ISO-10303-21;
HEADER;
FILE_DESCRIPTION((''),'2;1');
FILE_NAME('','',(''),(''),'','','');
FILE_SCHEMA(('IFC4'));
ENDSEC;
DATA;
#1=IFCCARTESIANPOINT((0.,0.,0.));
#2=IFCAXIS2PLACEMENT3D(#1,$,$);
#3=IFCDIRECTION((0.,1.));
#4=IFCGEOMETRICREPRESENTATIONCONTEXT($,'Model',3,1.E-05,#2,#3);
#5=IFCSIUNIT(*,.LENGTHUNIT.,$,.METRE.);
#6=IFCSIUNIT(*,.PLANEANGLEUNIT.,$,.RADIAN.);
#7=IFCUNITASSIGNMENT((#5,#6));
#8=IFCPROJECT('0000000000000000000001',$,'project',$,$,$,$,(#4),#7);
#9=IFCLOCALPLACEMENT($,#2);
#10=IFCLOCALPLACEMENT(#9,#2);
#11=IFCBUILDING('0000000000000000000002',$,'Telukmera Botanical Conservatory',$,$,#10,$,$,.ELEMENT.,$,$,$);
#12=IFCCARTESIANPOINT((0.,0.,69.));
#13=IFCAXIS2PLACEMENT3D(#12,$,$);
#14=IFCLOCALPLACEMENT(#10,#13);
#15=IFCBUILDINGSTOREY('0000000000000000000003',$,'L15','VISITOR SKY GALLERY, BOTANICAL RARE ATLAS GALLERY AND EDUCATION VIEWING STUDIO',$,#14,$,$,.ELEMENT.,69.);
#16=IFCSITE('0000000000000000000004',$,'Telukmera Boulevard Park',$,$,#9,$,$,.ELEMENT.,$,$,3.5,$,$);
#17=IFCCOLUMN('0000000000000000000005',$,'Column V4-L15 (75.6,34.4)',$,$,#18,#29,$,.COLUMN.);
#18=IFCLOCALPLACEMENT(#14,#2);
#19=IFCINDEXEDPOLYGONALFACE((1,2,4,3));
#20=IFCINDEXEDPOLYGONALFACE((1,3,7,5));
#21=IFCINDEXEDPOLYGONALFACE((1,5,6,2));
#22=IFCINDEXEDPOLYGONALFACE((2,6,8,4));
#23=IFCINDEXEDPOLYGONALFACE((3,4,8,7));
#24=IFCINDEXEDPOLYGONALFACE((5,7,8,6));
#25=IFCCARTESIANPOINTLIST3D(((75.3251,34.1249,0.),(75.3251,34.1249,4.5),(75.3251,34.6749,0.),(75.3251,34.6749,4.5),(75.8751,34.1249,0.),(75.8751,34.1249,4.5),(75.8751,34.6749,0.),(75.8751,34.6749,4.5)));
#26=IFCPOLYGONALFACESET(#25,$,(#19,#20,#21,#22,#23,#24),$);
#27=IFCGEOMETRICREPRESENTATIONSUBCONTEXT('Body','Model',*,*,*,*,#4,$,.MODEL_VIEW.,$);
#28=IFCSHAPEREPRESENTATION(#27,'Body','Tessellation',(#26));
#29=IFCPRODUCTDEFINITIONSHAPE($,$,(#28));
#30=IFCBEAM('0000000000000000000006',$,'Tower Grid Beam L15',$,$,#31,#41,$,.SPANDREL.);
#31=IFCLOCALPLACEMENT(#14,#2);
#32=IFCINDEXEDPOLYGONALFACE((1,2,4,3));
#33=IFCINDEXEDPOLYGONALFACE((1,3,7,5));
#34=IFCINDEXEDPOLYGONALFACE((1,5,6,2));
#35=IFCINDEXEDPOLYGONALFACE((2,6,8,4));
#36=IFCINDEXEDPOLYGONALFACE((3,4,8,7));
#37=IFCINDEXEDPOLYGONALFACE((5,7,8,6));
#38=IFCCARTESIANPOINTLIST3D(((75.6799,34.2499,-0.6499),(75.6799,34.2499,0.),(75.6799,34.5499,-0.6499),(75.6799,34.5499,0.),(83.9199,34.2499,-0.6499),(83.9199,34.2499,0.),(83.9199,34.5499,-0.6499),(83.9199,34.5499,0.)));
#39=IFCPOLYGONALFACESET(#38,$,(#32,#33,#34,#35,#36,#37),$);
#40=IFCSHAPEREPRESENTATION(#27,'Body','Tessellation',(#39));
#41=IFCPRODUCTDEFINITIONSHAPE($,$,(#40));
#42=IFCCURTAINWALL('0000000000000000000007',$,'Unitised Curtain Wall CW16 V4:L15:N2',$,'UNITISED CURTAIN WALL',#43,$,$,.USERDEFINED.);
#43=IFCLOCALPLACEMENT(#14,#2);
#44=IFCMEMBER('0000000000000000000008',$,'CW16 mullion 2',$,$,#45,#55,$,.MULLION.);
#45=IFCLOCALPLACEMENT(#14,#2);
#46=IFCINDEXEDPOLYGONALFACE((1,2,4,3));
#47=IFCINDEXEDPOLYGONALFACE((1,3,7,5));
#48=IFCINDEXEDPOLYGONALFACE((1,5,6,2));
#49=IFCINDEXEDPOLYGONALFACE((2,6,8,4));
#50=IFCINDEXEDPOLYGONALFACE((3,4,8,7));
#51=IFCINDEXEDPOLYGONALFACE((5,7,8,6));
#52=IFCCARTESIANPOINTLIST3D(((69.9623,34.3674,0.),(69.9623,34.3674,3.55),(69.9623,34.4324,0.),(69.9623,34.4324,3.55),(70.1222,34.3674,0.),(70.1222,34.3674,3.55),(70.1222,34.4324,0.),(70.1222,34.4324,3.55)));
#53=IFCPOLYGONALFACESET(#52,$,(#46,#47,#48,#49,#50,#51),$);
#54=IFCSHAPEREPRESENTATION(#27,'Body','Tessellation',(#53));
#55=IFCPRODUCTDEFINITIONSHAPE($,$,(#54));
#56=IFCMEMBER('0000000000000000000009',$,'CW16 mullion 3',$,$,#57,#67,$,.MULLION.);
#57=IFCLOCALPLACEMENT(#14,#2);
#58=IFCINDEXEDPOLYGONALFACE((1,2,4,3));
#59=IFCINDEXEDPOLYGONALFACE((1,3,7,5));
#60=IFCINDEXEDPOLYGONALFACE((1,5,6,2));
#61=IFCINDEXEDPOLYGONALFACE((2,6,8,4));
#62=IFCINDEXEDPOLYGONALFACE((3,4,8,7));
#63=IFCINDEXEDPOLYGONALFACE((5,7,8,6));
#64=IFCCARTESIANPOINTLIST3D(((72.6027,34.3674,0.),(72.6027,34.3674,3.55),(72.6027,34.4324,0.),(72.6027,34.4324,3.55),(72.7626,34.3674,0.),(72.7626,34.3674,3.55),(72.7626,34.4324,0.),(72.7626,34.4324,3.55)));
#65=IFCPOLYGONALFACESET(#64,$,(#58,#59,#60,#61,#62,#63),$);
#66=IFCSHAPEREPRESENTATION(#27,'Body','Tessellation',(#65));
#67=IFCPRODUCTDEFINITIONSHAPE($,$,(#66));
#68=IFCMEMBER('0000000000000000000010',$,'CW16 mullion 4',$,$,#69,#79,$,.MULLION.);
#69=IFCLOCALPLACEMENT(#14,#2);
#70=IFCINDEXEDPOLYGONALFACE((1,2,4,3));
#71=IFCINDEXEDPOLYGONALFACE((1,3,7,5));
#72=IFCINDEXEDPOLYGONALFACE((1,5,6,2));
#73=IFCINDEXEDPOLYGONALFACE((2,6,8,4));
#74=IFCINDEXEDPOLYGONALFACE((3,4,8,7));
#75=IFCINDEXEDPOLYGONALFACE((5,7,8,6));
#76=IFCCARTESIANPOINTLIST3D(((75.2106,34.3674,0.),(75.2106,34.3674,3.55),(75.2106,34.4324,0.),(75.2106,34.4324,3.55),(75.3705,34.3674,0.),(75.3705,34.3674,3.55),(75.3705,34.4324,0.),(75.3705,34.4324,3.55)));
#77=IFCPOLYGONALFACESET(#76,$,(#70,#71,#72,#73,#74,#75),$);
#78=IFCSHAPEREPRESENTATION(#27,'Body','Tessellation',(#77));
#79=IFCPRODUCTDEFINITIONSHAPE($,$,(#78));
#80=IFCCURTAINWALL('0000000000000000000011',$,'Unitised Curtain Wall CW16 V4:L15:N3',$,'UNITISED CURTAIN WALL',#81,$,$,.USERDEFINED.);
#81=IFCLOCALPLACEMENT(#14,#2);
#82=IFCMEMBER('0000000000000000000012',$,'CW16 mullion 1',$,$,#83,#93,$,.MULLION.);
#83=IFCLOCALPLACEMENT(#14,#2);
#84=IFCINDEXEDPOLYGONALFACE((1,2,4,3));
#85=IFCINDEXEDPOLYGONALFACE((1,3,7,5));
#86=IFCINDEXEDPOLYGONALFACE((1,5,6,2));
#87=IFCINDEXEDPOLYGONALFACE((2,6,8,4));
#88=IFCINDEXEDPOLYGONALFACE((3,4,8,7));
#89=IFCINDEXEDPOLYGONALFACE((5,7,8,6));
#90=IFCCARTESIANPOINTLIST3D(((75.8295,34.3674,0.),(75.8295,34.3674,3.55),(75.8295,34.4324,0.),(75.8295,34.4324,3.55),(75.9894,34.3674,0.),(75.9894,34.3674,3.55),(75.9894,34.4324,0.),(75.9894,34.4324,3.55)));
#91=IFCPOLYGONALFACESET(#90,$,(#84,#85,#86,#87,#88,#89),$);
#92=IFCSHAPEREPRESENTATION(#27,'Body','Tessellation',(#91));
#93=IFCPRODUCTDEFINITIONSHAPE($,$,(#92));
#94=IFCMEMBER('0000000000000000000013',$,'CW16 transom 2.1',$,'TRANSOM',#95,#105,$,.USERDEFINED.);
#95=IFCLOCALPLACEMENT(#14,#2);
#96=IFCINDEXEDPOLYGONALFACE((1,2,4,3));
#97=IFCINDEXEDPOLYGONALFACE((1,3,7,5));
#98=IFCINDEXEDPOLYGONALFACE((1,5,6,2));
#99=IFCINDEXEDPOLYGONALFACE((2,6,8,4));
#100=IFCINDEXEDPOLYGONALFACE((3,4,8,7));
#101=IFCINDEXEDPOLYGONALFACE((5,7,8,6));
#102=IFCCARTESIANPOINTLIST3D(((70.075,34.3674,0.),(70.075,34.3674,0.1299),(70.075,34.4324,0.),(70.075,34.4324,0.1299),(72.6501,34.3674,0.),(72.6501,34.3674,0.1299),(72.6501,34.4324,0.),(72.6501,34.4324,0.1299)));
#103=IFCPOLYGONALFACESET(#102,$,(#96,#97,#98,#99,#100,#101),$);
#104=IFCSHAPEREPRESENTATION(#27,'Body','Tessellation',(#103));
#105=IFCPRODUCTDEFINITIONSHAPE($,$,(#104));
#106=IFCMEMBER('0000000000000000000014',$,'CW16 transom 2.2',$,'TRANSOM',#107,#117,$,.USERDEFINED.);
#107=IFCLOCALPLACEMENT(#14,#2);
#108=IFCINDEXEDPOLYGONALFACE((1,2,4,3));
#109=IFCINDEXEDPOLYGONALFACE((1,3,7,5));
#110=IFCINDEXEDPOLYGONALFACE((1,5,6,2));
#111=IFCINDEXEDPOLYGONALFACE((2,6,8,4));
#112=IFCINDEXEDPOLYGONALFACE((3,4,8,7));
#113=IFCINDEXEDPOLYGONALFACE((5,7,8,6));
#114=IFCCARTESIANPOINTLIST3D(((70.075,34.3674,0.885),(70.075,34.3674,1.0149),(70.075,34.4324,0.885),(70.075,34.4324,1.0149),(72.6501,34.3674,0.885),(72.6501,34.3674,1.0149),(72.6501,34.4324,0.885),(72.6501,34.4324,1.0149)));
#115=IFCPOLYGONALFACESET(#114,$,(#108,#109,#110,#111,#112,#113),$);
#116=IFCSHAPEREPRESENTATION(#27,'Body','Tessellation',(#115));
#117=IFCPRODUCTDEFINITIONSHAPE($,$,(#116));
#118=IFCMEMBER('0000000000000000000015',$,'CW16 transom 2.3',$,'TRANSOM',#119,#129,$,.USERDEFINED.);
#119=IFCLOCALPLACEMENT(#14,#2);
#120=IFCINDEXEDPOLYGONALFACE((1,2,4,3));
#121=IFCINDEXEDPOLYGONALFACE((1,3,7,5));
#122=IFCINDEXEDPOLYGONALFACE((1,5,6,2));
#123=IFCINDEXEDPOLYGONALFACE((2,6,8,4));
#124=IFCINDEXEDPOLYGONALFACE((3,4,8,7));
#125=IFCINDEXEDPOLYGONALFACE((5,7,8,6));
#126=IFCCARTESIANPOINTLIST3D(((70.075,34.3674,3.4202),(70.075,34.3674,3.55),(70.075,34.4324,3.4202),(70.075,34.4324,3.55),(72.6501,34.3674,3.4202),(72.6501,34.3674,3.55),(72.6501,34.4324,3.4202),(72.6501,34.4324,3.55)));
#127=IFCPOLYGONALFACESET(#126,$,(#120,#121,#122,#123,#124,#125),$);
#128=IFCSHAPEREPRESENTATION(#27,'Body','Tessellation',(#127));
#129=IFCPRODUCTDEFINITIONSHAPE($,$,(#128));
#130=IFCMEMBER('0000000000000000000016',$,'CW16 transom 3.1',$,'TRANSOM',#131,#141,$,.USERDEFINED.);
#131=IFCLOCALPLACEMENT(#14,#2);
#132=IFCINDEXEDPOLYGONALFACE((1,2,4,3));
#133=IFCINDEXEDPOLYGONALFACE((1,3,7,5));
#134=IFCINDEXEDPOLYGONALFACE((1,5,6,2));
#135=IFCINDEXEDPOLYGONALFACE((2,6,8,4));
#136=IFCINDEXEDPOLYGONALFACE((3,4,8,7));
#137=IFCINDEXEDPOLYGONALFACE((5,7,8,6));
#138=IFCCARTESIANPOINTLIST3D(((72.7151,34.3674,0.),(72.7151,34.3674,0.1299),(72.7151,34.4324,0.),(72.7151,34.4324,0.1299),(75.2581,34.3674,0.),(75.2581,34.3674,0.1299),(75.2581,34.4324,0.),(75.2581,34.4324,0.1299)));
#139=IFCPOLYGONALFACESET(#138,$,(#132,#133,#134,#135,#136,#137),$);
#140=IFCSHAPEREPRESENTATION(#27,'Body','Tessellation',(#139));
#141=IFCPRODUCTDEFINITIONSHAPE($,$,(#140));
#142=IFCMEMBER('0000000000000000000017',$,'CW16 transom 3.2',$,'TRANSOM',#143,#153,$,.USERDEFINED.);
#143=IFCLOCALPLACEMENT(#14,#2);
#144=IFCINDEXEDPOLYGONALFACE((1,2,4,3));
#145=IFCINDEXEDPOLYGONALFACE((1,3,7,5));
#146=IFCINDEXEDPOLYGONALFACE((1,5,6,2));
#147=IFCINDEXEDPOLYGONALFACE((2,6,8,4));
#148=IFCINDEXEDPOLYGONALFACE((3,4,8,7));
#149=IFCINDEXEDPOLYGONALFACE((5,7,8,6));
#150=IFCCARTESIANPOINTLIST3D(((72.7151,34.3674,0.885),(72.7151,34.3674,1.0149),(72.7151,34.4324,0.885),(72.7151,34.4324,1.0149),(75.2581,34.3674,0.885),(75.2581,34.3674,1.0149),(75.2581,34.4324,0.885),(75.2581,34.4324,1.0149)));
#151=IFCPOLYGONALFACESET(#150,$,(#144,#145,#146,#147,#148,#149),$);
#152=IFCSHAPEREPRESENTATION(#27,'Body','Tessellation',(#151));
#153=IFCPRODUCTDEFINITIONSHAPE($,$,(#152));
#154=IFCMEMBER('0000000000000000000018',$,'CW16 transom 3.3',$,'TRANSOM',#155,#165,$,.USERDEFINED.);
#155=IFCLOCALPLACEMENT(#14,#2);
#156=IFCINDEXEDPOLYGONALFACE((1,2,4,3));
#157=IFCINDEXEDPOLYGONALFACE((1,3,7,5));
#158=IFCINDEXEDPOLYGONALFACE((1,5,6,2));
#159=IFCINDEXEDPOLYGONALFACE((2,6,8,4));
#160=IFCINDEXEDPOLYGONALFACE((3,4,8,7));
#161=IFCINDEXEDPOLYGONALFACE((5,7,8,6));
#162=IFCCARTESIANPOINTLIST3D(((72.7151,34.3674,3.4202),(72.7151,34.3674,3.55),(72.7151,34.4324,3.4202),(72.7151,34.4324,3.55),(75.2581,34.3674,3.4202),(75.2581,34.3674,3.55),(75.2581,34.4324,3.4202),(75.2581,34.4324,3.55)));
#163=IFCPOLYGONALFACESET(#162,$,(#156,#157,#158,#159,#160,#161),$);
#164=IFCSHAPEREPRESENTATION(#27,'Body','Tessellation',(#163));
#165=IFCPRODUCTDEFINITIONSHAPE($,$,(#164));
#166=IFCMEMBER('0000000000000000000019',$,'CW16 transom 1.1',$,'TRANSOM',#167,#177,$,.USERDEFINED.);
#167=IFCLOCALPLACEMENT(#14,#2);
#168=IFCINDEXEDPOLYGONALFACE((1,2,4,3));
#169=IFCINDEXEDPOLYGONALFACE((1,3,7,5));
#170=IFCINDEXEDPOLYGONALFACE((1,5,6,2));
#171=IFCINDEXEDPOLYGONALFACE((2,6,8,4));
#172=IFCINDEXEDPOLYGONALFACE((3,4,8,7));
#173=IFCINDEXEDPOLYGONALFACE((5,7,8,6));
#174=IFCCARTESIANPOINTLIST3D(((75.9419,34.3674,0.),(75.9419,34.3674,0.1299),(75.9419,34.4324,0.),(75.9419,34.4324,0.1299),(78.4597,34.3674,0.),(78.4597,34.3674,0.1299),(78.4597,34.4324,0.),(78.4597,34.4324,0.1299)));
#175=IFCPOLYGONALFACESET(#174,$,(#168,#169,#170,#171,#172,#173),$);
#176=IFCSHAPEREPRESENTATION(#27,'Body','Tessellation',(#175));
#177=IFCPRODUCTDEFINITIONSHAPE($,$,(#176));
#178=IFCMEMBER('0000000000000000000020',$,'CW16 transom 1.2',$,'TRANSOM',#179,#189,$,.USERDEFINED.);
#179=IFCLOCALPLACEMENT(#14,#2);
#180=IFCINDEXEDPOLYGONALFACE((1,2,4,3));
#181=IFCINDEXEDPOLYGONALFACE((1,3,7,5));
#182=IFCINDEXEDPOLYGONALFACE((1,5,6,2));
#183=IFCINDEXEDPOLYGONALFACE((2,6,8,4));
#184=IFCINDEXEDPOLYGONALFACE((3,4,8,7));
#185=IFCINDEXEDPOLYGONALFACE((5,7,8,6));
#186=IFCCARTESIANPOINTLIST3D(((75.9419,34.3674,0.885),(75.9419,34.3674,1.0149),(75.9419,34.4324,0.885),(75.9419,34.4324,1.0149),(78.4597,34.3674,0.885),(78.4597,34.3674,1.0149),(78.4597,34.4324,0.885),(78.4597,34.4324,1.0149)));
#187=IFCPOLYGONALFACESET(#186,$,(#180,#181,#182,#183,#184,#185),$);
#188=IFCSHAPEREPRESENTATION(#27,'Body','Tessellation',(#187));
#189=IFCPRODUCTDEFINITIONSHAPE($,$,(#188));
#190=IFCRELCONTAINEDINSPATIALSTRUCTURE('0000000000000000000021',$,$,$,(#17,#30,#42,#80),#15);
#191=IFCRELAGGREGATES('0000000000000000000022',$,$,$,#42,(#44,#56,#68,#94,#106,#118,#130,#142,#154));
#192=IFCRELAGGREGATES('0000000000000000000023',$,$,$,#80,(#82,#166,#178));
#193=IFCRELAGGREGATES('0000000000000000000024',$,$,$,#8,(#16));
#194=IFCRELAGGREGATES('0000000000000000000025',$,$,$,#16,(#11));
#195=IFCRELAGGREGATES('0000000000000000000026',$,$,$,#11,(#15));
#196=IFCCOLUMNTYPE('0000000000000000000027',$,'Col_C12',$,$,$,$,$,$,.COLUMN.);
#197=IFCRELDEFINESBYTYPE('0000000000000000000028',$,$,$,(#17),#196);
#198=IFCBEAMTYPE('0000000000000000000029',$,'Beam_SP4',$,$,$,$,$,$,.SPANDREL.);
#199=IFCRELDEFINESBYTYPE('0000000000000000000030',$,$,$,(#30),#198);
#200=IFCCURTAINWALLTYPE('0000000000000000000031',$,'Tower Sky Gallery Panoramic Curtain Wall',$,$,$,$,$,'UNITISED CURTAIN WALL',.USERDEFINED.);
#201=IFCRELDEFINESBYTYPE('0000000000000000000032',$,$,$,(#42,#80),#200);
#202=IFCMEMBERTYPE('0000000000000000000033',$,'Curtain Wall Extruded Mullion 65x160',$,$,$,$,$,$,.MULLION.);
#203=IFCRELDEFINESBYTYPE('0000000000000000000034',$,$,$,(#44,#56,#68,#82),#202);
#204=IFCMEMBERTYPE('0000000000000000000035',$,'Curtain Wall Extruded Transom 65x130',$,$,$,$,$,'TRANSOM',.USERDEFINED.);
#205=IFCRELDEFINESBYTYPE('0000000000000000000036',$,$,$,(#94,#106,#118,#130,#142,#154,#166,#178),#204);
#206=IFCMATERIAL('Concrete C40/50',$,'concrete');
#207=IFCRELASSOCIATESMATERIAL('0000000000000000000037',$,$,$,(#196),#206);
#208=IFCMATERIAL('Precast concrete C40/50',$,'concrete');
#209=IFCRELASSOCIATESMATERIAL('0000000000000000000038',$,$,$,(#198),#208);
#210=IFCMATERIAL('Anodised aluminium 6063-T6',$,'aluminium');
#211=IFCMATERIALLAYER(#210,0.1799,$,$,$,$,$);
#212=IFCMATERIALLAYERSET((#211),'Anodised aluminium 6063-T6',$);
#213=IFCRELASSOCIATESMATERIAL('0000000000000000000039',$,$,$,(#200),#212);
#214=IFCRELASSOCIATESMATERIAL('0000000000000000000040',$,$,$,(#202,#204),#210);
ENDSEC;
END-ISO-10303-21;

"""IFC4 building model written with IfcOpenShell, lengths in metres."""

from ifc_helpers import new_model, si_unit, direction, frame, origin, origin_2d, place, context, subcontext, project, spatial, rectangle, extrude, material, layer, layer_set, material_profile, profile_set, type_object, element, aggregate, save


model = new_model("IFC4")

# Units and contexts
model_context = context("Model", 3, precision=1e-05, world=origin(), true_north=direction((0.0, 1.0)))
body_context = subcontext(model_context, "Body", "Model", "MODEL_VIEW")
ifc_project = project(units=[si_unit("LENGTHUNIT", "METRE"), si_unit("PLANEANGLEUNIT", "RADIAN")], contexts=[model_context])

# Site, building, storey
site_placement = place(None, origin())
site = spatial("IfcSite", under=ifc_project, at=site_placement, Name="Telukmera Boulevard Park", CompositionType="ELEMENT", RefElevation=3.5)
building_placement = place(site_placement, origin())
building = spatial("IfcBuilding", under=site, at=building_placement, Name="Telukmera Botanical Conservatory", CompositionType="ELEMENT")
storey_placement = place(building_placement, frame((0.0, 0.0, 69.0)))
storey = spatial("IfcBuildingStorey", under=building, at=storey_placement, Name="L15", Description="VISITOR SKY GALLERY, BOTANICAL RARE ATLAS GALLERY AND EDUCATION VIEWING STUDIO", CompositionType="ELEMENT", Elevation=69.0)

# Column
ifc_material_1 = material(Name="Concrete C40/50", Category="concrete")
ifc_material_profile_1 = material_profile(ifc_material_1, rectangle(XDim=0.55, YDim=0.55, at=origin_2d()), Name="RC 550x550")
ifc_profile_set_1 = profile_set([ifc_material_profile_1], Name="Concrete C40/50")
column_type = type_object("IfcColumnType", Name="Col_C12", PredefinedType="COLUMN", material=ifc_profile_set_1)
column_placement = place(storey_placement, frame((75.6001, 34.3999, 0.0), z_axis=(0.0, 0.0, 1.0), x_axis=(1.0, 0.0, 0.0)))
element("IfcColumn", 1, at=column_placement, inside=storey, type_object=column_type, Name="Column V4-L15 (75.6,34.4)", PredefinedType="COLUMN", context=body_context, shape_type="SweptSolid", body=[
    extrude(rectangle(XDim=0.55, YDim=0.55, at=origin_2d()), origin(), (0.0, 0.0, 1.0), 4.5),
])

# Beam
ifc_material_2 = material(Name="Precast concrete C40/50", Category="concrete")
ifc_material_profile_2 = material_profile(ifc_material_2, rectangle(XDim=0.3, YDim=0.6499, at=origin_2d()), Name="PC 300x650")
ifc_profile_set_2 = profile_set([ifc_material_profile_2], Name="Precast concrete C40/50")
beam_type = type_object("IfcBeamType", Name="Beam_SP4", PredefinedType="SPANDREL", material=ifc_profile_set_2)
beam_placement = place(storey_placement, frame((75.6799, 34.3999, -0.325), z_axis=(1.0, 0.0, 0.0), x_axis=(0.0, 1.0, 0.0)))
element("IfcBeam", 2, at=beam_placement, inside=storey, type_object=beam_type, Name="Tower Grid Beam L15", PredefinedType="SPANDREL", context=body_context, shape_type="SweptSolid", body=[
    extrude(rectangle(XDim=0.3, YDim=0.6499, at=origin_2d()), origin(), (0.0, 0.0, 1.0), 8.24),
])

# Curtain wall, members
ifc_material_3 = material(Name="Anodised aluminium 6063-T6", Category="aluminium")
ifc_layer_1 = layer(ifc_material_3, 0.1799)
ifc_layer_set_1 = layer_set([ifc_layer_1], Name="Anodised aluminium 6063-T6")
curtain_wall_type = type_object("IfcCurtainWallType", Name="Tower Sky Gallery Panoramic Curtain Wall", ElementType="UNITISED CURTAIN WALL", PredefinedType="USERDEFINED", material=ifc_layer_set_1)
curtain_wall_1_placement = place(storey_placement, origin())
curtain_wall_1 = element("IfcCurtainWall", 3, at=curtain_wall_1_placement, inside=storey, type_object=curtain_wall_type, Name="Unitised Curtain Wall CW16 V4:L15:N2", ObjectType="UNITISED CURTAIN WALL", PredefinedType="USERDEFINED")
ifc_material_profile_3 = material_profile(ifc_material_3, rectangle(XDim=0.0649, YDim=0.1599, at=origin_2d()), Name="ALU MULL 65x160")
ifc_profile_set_3 = profile_set([ifc_material_profile_3], Name="Anodised aluminium 6063-T6")
member_type_1 = type_object("IfcMemberType", Name="Curtain Wall Extruded Mullion 65x160", PredefinedType="MULLION", material=ifc_profile_set_3)
member_1_placement = place(storey_placement, frame((70.0422, 34.3999, 0.0), z_axis=(0.0, 0.0, 1.0), x_axis=(0.0, 1.0, 0.0)))
member_1 = element("IfcMember", 4, at=member_1_placement, type_object=member_type_1, Name="CW16 mullion 2", PredefinedType="MULLION", context=body_context, shape_type="SweptSolid", body=[
    extrude(rectangle(XDim=0.0649, YDim=0.1599, at=origin_2d()), origin(), (0.0, 0.0, 1.0), 3.55),
])
member_2_placement = place(storey_placement, frame((72.6826, 34.3999, 0.0), z_axis=(0.0, 0.0, 1.0), x_axis=(0.0, 1.0, 0.0)))
member_2 = element("IfcMember", 5, at=member_2_placement, type_object=member_type_1, Name="CW16 mullion 3", PredefinedType="MULLION", context=body_context, shape_type="SweptSolid", body=[
    extrude(rectangle(XDim=0.0649, YDim=0.1599, at=origin_2d()), origin(), (0.0, 0.0, 1.0), 3.55),
])
member_3_placement = place(storey_placement, frame((75.2905, 34.3999, 0.0), z_axis=(0.0, 0.0, 1.0), x_axis=(0.0, 1.0, 0.0)))
member_3 = element("IfcMember", 6, at=member_3_placement, type_object=member_type_1, Name="CW16 mullion 4", PredefinedType="MULLION", context=body_context, shape_type="SweptSolid", body=[
    extrude(rectangle(XDim=0.0649, YDim=0.1599, at=origin_2d()), origin(), (0.0, 0.0, 1.0), 3.55),
])

# Curtain wall, member
curtain_wall_2_placement = place(storey_placement, origin())
curtain_wall_2 = element("IfcCurtainWall", 7, at=curtain_wall_2_placement, inside=storey, type_object=curtain_wall_type, Name="Unitised Curtain Wall CW16 V4:L15:N3", ObjectType="UNITISED CURTAIN WALL", PredefinedType="USERDEFINED")
member_4_placement = place(storey_placement, frame((75.9094, 34.3999, 0.0), z_axis=(0.0, 0.0, 1.0), x_axis=(0.0, 1.0, 0.0)))
member_4 = element("IfcMember", 8, at=member_4_placement, type_object=member_type_1, Name="CW16 mullion 1", PredefinedType="MULLION", context=body_context, shape_type="SweptSolid", body=[
    extrude(rectangle(XDim=0.0649, YDim=0.1599, at=origin_2d()), origin(), (0.0, 0.0, 1.0), 3.55),
])

# Members
ifc_material_profile_4 = material_profile(ifc_material_3, rectangle(XDim=0.0649, YDim=0.1299, at=origin_2d()), Name="ALU TRAN 65x130")
ifc_profile_set_4 = profile_set([ifc_material_profile_4], Name="Anodised aluminium 6063-T6")
member_type_2 = type_object("IfcMemberType", Name="Curtain Wall Extruded Transom 65x130", ElementType="TRANSOM", PredefinedType="USERDEFINED", material=ifc_profile_set_4)
member_5_placement = place(storey_placement, frame((70.075, 34.3999, 0.0649), z_axis=(1.0, 0.0, 0.0), x_axis=(0.0, 1.0, 0.0)))
member_5 = element("IfcMember", 9, at=member_5_placement, type_object=member_type_2, Name="CW16 transom 2.1", ObjectType="TRANSOM", PredefinedType="USERDEFINED", context=body_context, shape_type="SweptSolid", body=[
    extrude(rectangle(XDim=0.0649, YDim=0.1299, at=origin_2d()), origin(), (0.0, 0.0, 1.0), 2.5752),
])
member_6_placement = place(storey_placement, frame((70.075, 34.3999, 0.95), z_axis=(1.0, 0.0, 0.0), x_axis=(0.0, 1.0, 0.0)))
member_6 = element("IfcMember", 10, at=member_6_placement, type_object=member_type_2, Name="CW16 transom 2.2", ObjectType="TRANSOM", PredefinedType="USERDEFINED", context=body_context, shape_type="SweptSolid", body=[
    extrude(rectangle(XDim=0.0649, YDim=0.1299, at=origin_2d()), origin(), (0.0, 0.0, 1.0), 2.5752),
])
member_7_placement = place(storey_placement, frame((70.075, 34.3999, 3.4851), z_axis=(1.0, 0.0, 0.0), x_axis=(0.0, 1.0, 0.0)))
member_7 = element("IfcMember", 11, at=member_7_placement, type_object=member_type_2, Name="CW16 transom 2.3", ObjectType="TRANSOM", PredefinedType="USERDEFINED", context=body_context, shape_type="SweptSolid", body=[
    extrude(rectangle(XDim=0.0649, YDim=0.1299, at=origin_2d()), origin(), (0.0, 0.0, 1.0), 2.5752),
])
member_8_placement = place(storey_placement, frame((72.7151, 34.3999, 0.0649), z_axis=(1.0, 0.0, 0.0), x_axis=(0.0, 1.0, 0.0)))
member_8 = element("IfcMember", 12, at=member_8_placement, type_object=member_type_2, Name="CW16 transom 3.1", ObjectType="TRANSOM", PredefinedType="USERDEFINED", context=body_context, shape_type="SweptSolid", body=[
    extrude(rectangle(XDim=0.0649, YDim=0.1299, at=origin_2d()), origin(), (0.0, 0.0, 1.0), 2.543),
])
member_9_placement = place(storey_placement, frame((72.7151, 34.3999, 0.95), z_axis=(1.0, 0.0, 0.0), x_axis=(0.0, 1.0, 0.0)))
member_9 = element("IfcMember", 13, at=member_9_placement, type_object=member_type_2, Name="CW16 transom 3.2", ObjectType="TRANSOM", PredefinedType="USERDEFINED", context=body_context, shape_type="SweptSolid", body=[
    extrude(rectangle(XDim=0.0649, YDim=0.1299, at=origin_2d()), origin(), (0.0, 0.0, 1.0), 2.543),
])
member_10_placement = place(storey_placement, frame((72.7151, 34.3999, 3.4851), z_axis=(1.0, 0.0, 0.0), x_axis=(0.0, 1.0, 0.0)))
member_10 = element("IfcMember", 14, at=member_10_placement, type_object=member_type_2, Name="CW16 transom 3.3", ObjectType="TRANSOM", PredefinedType="USERDEFINED", context=body_context, shape_type="SweptSolid", body=[
    extrude(rectangle(XDim=0.0649, YDim=0.1299, at=origin_2d()), origin(), (0.0, 0.0, 1.0), 2.543),
])
member_11_placement = place(storey_placement, frame((75.9419, 34.3999, 0.0649), z_axis=(1.0, 0.0, 0.0), x_axis=(0.0, 1.0, 0.0)))
member_11 = element("IfcMember", 15, at=member_11_placement, type_object=member_type_2, Name="CW16 transom 1.1", ObjectType="TRANSOM", PredefinedType="USERDEFINED", context=body_context, shape_type="SweptSolid", body=[
    extrude(rectangle(XDim=0.0649, YDim=0.1299, at=origin_2d()), origin(), (0.0, 0.0, 1.0), 2.5178),
])
member_12_placement = place(storey_placement, frame((75.9419, 34.3999, 0.95), z_axis=(1.0, 0.0, 0.0), x_axis=(0.0, 1.0, 0.0)))
member_12 = element("IfcMember", 16, at=member_12_placement, type_object=member_type_2, Name="CW16 transom 1.2", ObjectType="TRANSOM", PredefinedType="USERDEFINED", context=body_context, shape_type="SweptSolid", body=[
    extrude(rectangle(XDim=0.0649, YDim=0.1299, at=origin_2d()), origin(), (0.0, 0.0, 1.0), 2.5178),
])

aggregate(curtain_wall_1, [member_1, member_2, member_3, member_5, member_6, member_7, member_8, member_9, member_10])
aggregate(curtain_wall_2, [member_4, member_11, member_12])

save(model, "model.ifc")
